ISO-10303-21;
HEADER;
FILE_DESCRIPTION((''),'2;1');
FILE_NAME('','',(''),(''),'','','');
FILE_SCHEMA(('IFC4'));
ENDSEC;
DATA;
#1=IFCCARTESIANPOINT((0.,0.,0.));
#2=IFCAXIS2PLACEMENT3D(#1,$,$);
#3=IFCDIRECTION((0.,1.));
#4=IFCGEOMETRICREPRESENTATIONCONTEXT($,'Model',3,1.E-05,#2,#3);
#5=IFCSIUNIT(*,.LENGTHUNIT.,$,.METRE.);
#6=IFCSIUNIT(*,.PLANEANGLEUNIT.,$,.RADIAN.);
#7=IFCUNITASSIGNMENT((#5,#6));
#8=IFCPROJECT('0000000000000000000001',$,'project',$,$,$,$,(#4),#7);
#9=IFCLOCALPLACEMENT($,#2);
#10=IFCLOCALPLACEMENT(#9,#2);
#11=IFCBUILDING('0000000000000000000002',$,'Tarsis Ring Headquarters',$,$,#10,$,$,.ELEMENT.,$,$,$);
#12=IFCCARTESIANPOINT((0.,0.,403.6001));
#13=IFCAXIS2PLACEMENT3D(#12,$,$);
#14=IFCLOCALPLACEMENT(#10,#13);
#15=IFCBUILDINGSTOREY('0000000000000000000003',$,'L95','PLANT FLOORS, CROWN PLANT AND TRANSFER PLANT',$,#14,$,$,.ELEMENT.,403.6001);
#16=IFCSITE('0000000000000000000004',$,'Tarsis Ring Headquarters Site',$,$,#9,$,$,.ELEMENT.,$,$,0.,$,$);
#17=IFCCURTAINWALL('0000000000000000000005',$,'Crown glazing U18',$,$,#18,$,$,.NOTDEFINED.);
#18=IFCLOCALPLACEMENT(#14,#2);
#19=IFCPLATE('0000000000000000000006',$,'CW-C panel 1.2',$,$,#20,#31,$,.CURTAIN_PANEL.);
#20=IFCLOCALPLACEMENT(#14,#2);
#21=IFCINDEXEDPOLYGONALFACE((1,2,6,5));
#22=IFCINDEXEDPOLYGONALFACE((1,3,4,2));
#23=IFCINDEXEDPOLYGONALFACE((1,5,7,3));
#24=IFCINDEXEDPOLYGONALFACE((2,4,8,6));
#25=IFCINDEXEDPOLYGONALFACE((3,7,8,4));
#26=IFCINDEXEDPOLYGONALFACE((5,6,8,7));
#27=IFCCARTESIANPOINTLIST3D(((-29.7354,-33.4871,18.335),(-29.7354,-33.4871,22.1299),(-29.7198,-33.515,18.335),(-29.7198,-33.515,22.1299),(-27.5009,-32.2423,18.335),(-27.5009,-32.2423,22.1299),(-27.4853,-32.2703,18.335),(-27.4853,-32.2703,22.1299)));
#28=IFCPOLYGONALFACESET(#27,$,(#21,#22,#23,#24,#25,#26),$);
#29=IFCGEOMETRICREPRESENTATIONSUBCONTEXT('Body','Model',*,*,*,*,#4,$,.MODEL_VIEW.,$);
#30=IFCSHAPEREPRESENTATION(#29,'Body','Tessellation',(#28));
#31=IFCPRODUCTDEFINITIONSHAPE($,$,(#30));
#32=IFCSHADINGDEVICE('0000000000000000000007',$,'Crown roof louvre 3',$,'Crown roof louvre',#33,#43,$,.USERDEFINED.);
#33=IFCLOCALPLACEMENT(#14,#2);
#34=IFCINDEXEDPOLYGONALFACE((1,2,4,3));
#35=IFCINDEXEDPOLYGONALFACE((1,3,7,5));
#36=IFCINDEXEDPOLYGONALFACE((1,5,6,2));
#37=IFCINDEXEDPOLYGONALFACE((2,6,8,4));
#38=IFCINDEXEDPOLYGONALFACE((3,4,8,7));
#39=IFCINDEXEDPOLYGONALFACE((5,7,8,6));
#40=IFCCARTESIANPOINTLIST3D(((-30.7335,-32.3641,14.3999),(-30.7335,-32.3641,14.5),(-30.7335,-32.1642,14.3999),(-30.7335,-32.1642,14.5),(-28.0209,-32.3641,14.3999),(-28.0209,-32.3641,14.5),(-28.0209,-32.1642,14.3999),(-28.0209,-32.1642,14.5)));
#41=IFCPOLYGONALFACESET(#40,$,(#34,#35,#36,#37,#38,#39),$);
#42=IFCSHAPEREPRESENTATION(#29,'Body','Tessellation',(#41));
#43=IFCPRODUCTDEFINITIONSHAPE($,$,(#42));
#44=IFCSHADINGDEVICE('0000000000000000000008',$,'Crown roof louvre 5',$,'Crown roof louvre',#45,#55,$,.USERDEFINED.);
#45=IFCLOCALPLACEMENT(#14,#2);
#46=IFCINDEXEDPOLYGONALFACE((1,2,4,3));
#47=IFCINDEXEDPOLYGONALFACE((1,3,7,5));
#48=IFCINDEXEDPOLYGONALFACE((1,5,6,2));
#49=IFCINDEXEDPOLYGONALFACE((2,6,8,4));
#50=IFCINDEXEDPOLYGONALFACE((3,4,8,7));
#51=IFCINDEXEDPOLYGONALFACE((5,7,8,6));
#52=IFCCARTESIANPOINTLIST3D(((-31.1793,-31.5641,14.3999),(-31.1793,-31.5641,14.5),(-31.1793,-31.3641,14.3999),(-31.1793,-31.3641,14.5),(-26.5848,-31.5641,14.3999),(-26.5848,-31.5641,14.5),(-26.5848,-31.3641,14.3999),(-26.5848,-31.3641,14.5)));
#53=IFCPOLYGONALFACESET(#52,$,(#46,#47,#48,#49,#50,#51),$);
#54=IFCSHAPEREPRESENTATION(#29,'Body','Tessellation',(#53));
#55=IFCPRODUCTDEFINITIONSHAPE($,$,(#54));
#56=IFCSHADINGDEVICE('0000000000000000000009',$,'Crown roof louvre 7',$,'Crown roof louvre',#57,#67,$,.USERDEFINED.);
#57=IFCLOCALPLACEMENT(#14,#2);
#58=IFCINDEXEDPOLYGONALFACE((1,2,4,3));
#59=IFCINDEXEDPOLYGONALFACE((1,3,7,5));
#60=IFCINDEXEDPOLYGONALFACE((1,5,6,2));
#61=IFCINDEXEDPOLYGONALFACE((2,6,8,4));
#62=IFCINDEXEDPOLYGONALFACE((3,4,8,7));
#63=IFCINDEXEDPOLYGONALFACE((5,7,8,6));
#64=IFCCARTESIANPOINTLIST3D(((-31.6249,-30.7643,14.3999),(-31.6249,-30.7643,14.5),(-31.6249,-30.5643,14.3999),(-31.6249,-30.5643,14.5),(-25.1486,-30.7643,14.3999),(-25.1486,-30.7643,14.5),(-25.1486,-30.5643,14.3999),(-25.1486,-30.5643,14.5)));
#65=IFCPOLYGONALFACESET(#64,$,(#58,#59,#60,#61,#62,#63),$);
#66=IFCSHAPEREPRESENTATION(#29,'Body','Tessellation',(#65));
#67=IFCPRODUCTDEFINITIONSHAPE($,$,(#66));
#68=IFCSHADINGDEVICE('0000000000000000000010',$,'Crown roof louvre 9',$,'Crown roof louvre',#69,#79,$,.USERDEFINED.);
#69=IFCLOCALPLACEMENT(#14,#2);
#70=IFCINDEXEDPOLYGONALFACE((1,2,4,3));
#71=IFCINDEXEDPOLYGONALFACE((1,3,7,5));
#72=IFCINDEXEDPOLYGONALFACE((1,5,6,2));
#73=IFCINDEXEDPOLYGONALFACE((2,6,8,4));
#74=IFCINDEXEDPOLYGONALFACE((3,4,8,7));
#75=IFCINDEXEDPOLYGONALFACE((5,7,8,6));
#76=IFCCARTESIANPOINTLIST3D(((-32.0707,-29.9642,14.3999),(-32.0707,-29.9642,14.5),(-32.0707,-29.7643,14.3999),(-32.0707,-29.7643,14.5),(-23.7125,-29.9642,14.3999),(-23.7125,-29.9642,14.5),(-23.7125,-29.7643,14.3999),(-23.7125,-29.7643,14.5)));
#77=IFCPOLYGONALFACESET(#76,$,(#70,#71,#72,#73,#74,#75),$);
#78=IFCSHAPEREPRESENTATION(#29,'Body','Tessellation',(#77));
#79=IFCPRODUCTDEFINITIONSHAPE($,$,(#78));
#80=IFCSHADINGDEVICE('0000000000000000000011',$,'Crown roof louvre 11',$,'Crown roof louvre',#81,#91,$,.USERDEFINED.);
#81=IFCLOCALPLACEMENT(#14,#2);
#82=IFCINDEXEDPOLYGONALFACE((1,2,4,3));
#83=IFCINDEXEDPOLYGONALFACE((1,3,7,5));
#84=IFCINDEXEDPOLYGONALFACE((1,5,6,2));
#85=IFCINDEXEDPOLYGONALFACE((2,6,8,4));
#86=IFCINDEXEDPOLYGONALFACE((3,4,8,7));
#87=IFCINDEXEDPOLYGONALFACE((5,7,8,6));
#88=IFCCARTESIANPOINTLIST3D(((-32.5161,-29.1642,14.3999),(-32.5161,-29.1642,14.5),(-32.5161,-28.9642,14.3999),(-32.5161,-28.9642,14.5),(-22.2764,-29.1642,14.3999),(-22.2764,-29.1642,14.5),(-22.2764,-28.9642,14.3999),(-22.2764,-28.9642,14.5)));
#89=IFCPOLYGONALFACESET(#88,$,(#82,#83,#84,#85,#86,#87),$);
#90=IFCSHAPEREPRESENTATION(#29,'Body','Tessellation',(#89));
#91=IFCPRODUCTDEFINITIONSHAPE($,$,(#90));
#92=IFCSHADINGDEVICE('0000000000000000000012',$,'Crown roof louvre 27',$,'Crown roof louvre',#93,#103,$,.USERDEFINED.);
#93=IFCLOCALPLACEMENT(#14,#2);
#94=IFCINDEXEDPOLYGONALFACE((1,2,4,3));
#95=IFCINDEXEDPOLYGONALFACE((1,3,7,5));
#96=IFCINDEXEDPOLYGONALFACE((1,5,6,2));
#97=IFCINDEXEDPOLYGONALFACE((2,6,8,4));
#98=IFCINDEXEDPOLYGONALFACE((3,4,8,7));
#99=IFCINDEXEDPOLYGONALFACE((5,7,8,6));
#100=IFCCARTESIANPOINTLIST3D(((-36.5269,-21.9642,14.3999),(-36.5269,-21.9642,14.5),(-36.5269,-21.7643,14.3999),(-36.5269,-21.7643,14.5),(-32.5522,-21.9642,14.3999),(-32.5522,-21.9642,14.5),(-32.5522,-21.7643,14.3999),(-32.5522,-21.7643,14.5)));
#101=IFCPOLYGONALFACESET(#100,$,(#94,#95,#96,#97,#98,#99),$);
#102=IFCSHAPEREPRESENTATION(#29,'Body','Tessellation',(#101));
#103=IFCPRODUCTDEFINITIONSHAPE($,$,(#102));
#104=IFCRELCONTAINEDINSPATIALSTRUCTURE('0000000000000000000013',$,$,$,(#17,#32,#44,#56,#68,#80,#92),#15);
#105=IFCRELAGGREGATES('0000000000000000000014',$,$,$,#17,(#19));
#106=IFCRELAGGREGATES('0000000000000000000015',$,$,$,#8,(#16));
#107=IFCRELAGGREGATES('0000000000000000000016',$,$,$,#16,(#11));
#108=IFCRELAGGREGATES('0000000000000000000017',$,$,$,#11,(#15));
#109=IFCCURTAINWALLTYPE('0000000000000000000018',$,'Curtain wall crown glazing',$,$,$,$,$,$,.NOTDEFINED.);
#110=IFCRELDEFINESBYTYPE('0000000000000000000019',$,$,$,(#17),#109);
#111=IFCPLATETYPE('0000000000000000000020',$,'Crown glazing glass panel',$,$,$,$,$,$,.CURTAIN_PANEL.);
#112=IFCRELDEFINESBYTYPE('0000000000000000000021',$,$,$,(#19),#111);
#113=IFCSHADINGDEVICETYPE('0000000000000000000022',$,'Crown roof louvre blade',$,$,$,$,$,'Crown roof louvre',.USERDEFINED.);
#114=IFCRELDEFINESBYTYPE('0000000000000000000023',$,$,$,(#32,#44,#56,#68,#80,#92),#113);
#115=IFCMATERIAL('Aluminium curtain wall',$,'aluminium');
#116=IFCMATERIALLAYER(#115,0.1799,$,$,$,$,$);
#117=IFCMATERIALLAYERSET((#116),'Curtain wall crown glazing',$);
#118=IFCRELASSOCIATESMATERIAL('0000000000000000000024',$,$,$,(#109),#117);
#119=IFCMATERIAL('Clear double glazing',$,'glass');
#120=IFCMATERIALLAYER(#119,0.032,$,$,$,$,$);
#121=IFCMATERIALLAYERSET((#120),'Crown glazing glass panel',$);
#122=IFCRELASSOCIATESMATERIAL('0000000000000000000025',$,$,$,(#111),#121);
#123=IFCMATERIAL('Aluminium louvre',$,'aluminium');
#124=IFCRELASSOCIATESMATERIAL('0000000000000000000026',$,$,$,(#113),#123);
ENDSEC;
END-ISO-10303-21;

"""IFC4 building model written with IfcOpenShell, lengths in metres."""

from ifc_helpers import new_model, si_unit, direction, frame, origin, origin_2d, place, context, subcontext, project, spatial, rectangle, extrude, material, layer, layer_set, type_object, element, aggregate, save


model = new_model("IFC4")

# Units and contexts
model_context = context("Model", 3, precision=1e-05, world=origin(), true_north=direction((0.0, 1.0)))
body_context = subcontext(model_context, "Body", "Model", "MODEL_VIEW")
ifc_project = project(units=[si_unit("LENGTHUNIT", "METRE"), si_unit("PLANEANGLEUNIT", "RADIAN")], contexts=[model_context])

# Site, building, storey
site_placement = place(None, origin())
site = spatial("IfcSite", under=ifc_project, at=site_placement, Name="Tarsis Ring Headquarters Site", CompositionType="ELEMENT", RefElevation=0.0)
building_placement = place(site_placement, origin())
building = spatial("IfcBuilding", under=site, at=building_placement, Name="Tarsis Ring Headquarters", CompositionType="ELEMENT")
storey_placement = place(building_placement, frame((0.0, 0.0, 403.6001)))
storey = spatial("IfcBuildingStorey", under=building, at=storey_placement, Name="L95", Description="PLANT FLOORS, CROWN PLANT AND TRANSFER PLANT", CompositionType="ELEMENT", Elevation=403.6001)

# Curtain wall
ifc_material_1 = material(Name="Aluminium curtain wall", Category="aluminium")
ifc_layer_1 = layer(ifc_material_1, 0.1799)
ifc_layer_set_1 = layer_set([ifc_layer_1], Name="Curtain wall crown glazing")
curtain_wall_type = type_object("IfcCurtainWallType", Name="Curtain wall crown glazing", PredefinedType="NOTDEFINED", material=ifc_layer_set_1)
curtain_wall_1_placement = place(storey_placement, origin())
curtain_wall_1 = element("IfcCurtainWall", 1, at=curtain_wall_1_placement, inside=storey, type_object=curtain_wall_type, Name="Crown glazing U18", PredefinedType="NOTDEFINED")

# Plate
ifc_material_2 = material(Name="Clear double glazing", Category="glass")
ifc_layer_2 = layer(ifc_material_2, 0.032)
ifc_layer_set_2 = layer_set([ifc_layer_2], Name="Crown glazing glass panel")
plate_type = type_object("IfcPlateType", Name="Crown glazing glass panel", PredefinedType="CURTAIN_PANEL", material=ifc_layer_set_2)
plate_1_placement = place(storey_placement, frame((-28.6104, -32.8787, 18.335), z_axis=(0.0, 0.0, 1.0), x_axis=(0.873602, 0.48664, 0.0)))
plate_1 = element("IfcPlate", 2, at=plate_1_placement, type_object=plate_type, Name="CW-C panel 1.2", PredefinedType="CURTAIN_PANEL", context=body_context, shape_type="SweptSolid", body=[
    extrude(rectangle(XDim=2.5579, YDim=0.032, at=origin_2d()), origin(), (0.0, 0.0, 1.0), 3.7949),
])
aggregate(curtain_wall_1, [plate_1])

# Shading devices
ifc_material_3 = material(Name="Aluminium louvre", Category="aluminium")
shading_device_type = type_object("IfcShadingDeviceType", Name="Crown roof louvre blade", ElementType="Crown roof louvre", PredefinedType="USERDEFINED", material=ifc_material_3)
shading_device_1_placement = place(storey_placement, frame((-29.3772, -32.2642, 14.3999), z_axis=(0.0, 0.0, 1.0), x_axis=(1.0, 0.0, 0.0)))
element("IfcShadingDevice", 3, at=shading_device_1_placement, inside=storey, type_object=shading_device_type, Name="Crown roof louvre 3", ObjectType="Crown roof louvre", PredefinedType="USERDEFINED", context=body_context, shape_type="SweptSolid", body=[
    extrude(rectangle(XDim=2.7126, YDim=0.2, at=origin_2d()), origin(), (0.0, 0.0, 1.0), 0.1001),
])
shading_device_2_placement = place(storey_placement, frame((-28.8821, -31.4641, 14.3999), z_axis=(0.0, 0.0, 1.0), x_axis=(1.0, 0.0, 0.0)))
element("IfcShadingDevice", 4, at=shading_device_2_placement, inside=storey, type_object=shading_device_type, Name="Crown roof louvre 5", ObjectType="Crown roof louvre", PredefinedType="USERDEFINED", context=body_context, shape_type="SweptSolid", body=[
    extrude(rectangle(XDim=4.5945, YDim=0.2, at=origin_2d()), origin(), (0.0, 0.0, 1.0), 0.1001),
])
shading_device_3_placement = place(storey_placement, frame((-28.3867, -30.6643, 14.3999), z_axis=(0.0, 0.0, 1.0), x_axis=(1.0, 0.0, 0.0)))
element("IfcShadingDevice", 5, at=shading_device_3_placement, inside=storey, type_object=shading_device_type, Name="Crown roof louvre 7", ObjectType="Crown roof louvre", PredefinedType="USERDEFINED", context=body_context, shape_type="SweptSolid", body=[
    extrude(rectangle(XDim=6.4763, YDim=0.2, at=origin_2d()), origin(), (0.0, 0.0, 1.0), 0.1001),
])
shading_device_4_placement = place(storey_placement, frame((-27.8916, -29.8643, 14.3999), z_axis=(0.0, 0.0, 1.0), x_axis=(1.0, 0.0, 0.0)))
element("IfcShadingDevice", 6, at=shading_device_4_placement, inside=storey, type_object=shading_device_type, Name="Crown roof louvre 9", ObjectType="Crown roof louvre", PredefinedType="USERDEFINED", context=body_context, shape_type="SweptSolid", body=[
    extrude(rectangle(XDim=8.3582, YDim=0.2, at=origin_2d()), origin(), (0.0, 0.0, 1.0), 0.1001),
])
shading_device_5_placement = place(storey_placement, frame((-27.3962, -29.0642, 14.3999), z_axis=(0.0, 0.0, 1.0), x_axis=(1.0, 0.0, 0.0)))
element("IfcShadingDevice", 7, at=shading_device_5_placement, inside=storey, type_object=shading_device_type, Name="Crown roof louvre 11", ObjectType="Crown roof louvre", PredefinedType="USERDEFINED", context=body_context, shape_type="SweptSolid", body=[
    extrude(rectangle(XDim=10.2397, YDim=0.2, at=origin_2d()), origin(), (0.0, 0.0, 1.0), 0.1001),
])
shading_device_6_placement = place(storey_placement, frame((-34.5396, -21.8643, 14.3999), z_axis=(0.0, 0.0, 1.0), x_axis=(1.0, 0.0, 0.0)))
element("IfcShadingDevice", 8, at=shading_device_6_placement, inside=storey, type_object=shading_device_type, Name="Crown roof louvre 27", ObjectType="Crown roof louvre", PredefinedType="USERDEFINED", context=body_context, shape_type="SweptSolid", body=[
    extrude(rectangle(XDim=3.9746, YDim=0.2, at=origin_2d()), origin(), (0.0, 0.0, 1.0), 0.1001),
])

save(model, "model.ifc")
